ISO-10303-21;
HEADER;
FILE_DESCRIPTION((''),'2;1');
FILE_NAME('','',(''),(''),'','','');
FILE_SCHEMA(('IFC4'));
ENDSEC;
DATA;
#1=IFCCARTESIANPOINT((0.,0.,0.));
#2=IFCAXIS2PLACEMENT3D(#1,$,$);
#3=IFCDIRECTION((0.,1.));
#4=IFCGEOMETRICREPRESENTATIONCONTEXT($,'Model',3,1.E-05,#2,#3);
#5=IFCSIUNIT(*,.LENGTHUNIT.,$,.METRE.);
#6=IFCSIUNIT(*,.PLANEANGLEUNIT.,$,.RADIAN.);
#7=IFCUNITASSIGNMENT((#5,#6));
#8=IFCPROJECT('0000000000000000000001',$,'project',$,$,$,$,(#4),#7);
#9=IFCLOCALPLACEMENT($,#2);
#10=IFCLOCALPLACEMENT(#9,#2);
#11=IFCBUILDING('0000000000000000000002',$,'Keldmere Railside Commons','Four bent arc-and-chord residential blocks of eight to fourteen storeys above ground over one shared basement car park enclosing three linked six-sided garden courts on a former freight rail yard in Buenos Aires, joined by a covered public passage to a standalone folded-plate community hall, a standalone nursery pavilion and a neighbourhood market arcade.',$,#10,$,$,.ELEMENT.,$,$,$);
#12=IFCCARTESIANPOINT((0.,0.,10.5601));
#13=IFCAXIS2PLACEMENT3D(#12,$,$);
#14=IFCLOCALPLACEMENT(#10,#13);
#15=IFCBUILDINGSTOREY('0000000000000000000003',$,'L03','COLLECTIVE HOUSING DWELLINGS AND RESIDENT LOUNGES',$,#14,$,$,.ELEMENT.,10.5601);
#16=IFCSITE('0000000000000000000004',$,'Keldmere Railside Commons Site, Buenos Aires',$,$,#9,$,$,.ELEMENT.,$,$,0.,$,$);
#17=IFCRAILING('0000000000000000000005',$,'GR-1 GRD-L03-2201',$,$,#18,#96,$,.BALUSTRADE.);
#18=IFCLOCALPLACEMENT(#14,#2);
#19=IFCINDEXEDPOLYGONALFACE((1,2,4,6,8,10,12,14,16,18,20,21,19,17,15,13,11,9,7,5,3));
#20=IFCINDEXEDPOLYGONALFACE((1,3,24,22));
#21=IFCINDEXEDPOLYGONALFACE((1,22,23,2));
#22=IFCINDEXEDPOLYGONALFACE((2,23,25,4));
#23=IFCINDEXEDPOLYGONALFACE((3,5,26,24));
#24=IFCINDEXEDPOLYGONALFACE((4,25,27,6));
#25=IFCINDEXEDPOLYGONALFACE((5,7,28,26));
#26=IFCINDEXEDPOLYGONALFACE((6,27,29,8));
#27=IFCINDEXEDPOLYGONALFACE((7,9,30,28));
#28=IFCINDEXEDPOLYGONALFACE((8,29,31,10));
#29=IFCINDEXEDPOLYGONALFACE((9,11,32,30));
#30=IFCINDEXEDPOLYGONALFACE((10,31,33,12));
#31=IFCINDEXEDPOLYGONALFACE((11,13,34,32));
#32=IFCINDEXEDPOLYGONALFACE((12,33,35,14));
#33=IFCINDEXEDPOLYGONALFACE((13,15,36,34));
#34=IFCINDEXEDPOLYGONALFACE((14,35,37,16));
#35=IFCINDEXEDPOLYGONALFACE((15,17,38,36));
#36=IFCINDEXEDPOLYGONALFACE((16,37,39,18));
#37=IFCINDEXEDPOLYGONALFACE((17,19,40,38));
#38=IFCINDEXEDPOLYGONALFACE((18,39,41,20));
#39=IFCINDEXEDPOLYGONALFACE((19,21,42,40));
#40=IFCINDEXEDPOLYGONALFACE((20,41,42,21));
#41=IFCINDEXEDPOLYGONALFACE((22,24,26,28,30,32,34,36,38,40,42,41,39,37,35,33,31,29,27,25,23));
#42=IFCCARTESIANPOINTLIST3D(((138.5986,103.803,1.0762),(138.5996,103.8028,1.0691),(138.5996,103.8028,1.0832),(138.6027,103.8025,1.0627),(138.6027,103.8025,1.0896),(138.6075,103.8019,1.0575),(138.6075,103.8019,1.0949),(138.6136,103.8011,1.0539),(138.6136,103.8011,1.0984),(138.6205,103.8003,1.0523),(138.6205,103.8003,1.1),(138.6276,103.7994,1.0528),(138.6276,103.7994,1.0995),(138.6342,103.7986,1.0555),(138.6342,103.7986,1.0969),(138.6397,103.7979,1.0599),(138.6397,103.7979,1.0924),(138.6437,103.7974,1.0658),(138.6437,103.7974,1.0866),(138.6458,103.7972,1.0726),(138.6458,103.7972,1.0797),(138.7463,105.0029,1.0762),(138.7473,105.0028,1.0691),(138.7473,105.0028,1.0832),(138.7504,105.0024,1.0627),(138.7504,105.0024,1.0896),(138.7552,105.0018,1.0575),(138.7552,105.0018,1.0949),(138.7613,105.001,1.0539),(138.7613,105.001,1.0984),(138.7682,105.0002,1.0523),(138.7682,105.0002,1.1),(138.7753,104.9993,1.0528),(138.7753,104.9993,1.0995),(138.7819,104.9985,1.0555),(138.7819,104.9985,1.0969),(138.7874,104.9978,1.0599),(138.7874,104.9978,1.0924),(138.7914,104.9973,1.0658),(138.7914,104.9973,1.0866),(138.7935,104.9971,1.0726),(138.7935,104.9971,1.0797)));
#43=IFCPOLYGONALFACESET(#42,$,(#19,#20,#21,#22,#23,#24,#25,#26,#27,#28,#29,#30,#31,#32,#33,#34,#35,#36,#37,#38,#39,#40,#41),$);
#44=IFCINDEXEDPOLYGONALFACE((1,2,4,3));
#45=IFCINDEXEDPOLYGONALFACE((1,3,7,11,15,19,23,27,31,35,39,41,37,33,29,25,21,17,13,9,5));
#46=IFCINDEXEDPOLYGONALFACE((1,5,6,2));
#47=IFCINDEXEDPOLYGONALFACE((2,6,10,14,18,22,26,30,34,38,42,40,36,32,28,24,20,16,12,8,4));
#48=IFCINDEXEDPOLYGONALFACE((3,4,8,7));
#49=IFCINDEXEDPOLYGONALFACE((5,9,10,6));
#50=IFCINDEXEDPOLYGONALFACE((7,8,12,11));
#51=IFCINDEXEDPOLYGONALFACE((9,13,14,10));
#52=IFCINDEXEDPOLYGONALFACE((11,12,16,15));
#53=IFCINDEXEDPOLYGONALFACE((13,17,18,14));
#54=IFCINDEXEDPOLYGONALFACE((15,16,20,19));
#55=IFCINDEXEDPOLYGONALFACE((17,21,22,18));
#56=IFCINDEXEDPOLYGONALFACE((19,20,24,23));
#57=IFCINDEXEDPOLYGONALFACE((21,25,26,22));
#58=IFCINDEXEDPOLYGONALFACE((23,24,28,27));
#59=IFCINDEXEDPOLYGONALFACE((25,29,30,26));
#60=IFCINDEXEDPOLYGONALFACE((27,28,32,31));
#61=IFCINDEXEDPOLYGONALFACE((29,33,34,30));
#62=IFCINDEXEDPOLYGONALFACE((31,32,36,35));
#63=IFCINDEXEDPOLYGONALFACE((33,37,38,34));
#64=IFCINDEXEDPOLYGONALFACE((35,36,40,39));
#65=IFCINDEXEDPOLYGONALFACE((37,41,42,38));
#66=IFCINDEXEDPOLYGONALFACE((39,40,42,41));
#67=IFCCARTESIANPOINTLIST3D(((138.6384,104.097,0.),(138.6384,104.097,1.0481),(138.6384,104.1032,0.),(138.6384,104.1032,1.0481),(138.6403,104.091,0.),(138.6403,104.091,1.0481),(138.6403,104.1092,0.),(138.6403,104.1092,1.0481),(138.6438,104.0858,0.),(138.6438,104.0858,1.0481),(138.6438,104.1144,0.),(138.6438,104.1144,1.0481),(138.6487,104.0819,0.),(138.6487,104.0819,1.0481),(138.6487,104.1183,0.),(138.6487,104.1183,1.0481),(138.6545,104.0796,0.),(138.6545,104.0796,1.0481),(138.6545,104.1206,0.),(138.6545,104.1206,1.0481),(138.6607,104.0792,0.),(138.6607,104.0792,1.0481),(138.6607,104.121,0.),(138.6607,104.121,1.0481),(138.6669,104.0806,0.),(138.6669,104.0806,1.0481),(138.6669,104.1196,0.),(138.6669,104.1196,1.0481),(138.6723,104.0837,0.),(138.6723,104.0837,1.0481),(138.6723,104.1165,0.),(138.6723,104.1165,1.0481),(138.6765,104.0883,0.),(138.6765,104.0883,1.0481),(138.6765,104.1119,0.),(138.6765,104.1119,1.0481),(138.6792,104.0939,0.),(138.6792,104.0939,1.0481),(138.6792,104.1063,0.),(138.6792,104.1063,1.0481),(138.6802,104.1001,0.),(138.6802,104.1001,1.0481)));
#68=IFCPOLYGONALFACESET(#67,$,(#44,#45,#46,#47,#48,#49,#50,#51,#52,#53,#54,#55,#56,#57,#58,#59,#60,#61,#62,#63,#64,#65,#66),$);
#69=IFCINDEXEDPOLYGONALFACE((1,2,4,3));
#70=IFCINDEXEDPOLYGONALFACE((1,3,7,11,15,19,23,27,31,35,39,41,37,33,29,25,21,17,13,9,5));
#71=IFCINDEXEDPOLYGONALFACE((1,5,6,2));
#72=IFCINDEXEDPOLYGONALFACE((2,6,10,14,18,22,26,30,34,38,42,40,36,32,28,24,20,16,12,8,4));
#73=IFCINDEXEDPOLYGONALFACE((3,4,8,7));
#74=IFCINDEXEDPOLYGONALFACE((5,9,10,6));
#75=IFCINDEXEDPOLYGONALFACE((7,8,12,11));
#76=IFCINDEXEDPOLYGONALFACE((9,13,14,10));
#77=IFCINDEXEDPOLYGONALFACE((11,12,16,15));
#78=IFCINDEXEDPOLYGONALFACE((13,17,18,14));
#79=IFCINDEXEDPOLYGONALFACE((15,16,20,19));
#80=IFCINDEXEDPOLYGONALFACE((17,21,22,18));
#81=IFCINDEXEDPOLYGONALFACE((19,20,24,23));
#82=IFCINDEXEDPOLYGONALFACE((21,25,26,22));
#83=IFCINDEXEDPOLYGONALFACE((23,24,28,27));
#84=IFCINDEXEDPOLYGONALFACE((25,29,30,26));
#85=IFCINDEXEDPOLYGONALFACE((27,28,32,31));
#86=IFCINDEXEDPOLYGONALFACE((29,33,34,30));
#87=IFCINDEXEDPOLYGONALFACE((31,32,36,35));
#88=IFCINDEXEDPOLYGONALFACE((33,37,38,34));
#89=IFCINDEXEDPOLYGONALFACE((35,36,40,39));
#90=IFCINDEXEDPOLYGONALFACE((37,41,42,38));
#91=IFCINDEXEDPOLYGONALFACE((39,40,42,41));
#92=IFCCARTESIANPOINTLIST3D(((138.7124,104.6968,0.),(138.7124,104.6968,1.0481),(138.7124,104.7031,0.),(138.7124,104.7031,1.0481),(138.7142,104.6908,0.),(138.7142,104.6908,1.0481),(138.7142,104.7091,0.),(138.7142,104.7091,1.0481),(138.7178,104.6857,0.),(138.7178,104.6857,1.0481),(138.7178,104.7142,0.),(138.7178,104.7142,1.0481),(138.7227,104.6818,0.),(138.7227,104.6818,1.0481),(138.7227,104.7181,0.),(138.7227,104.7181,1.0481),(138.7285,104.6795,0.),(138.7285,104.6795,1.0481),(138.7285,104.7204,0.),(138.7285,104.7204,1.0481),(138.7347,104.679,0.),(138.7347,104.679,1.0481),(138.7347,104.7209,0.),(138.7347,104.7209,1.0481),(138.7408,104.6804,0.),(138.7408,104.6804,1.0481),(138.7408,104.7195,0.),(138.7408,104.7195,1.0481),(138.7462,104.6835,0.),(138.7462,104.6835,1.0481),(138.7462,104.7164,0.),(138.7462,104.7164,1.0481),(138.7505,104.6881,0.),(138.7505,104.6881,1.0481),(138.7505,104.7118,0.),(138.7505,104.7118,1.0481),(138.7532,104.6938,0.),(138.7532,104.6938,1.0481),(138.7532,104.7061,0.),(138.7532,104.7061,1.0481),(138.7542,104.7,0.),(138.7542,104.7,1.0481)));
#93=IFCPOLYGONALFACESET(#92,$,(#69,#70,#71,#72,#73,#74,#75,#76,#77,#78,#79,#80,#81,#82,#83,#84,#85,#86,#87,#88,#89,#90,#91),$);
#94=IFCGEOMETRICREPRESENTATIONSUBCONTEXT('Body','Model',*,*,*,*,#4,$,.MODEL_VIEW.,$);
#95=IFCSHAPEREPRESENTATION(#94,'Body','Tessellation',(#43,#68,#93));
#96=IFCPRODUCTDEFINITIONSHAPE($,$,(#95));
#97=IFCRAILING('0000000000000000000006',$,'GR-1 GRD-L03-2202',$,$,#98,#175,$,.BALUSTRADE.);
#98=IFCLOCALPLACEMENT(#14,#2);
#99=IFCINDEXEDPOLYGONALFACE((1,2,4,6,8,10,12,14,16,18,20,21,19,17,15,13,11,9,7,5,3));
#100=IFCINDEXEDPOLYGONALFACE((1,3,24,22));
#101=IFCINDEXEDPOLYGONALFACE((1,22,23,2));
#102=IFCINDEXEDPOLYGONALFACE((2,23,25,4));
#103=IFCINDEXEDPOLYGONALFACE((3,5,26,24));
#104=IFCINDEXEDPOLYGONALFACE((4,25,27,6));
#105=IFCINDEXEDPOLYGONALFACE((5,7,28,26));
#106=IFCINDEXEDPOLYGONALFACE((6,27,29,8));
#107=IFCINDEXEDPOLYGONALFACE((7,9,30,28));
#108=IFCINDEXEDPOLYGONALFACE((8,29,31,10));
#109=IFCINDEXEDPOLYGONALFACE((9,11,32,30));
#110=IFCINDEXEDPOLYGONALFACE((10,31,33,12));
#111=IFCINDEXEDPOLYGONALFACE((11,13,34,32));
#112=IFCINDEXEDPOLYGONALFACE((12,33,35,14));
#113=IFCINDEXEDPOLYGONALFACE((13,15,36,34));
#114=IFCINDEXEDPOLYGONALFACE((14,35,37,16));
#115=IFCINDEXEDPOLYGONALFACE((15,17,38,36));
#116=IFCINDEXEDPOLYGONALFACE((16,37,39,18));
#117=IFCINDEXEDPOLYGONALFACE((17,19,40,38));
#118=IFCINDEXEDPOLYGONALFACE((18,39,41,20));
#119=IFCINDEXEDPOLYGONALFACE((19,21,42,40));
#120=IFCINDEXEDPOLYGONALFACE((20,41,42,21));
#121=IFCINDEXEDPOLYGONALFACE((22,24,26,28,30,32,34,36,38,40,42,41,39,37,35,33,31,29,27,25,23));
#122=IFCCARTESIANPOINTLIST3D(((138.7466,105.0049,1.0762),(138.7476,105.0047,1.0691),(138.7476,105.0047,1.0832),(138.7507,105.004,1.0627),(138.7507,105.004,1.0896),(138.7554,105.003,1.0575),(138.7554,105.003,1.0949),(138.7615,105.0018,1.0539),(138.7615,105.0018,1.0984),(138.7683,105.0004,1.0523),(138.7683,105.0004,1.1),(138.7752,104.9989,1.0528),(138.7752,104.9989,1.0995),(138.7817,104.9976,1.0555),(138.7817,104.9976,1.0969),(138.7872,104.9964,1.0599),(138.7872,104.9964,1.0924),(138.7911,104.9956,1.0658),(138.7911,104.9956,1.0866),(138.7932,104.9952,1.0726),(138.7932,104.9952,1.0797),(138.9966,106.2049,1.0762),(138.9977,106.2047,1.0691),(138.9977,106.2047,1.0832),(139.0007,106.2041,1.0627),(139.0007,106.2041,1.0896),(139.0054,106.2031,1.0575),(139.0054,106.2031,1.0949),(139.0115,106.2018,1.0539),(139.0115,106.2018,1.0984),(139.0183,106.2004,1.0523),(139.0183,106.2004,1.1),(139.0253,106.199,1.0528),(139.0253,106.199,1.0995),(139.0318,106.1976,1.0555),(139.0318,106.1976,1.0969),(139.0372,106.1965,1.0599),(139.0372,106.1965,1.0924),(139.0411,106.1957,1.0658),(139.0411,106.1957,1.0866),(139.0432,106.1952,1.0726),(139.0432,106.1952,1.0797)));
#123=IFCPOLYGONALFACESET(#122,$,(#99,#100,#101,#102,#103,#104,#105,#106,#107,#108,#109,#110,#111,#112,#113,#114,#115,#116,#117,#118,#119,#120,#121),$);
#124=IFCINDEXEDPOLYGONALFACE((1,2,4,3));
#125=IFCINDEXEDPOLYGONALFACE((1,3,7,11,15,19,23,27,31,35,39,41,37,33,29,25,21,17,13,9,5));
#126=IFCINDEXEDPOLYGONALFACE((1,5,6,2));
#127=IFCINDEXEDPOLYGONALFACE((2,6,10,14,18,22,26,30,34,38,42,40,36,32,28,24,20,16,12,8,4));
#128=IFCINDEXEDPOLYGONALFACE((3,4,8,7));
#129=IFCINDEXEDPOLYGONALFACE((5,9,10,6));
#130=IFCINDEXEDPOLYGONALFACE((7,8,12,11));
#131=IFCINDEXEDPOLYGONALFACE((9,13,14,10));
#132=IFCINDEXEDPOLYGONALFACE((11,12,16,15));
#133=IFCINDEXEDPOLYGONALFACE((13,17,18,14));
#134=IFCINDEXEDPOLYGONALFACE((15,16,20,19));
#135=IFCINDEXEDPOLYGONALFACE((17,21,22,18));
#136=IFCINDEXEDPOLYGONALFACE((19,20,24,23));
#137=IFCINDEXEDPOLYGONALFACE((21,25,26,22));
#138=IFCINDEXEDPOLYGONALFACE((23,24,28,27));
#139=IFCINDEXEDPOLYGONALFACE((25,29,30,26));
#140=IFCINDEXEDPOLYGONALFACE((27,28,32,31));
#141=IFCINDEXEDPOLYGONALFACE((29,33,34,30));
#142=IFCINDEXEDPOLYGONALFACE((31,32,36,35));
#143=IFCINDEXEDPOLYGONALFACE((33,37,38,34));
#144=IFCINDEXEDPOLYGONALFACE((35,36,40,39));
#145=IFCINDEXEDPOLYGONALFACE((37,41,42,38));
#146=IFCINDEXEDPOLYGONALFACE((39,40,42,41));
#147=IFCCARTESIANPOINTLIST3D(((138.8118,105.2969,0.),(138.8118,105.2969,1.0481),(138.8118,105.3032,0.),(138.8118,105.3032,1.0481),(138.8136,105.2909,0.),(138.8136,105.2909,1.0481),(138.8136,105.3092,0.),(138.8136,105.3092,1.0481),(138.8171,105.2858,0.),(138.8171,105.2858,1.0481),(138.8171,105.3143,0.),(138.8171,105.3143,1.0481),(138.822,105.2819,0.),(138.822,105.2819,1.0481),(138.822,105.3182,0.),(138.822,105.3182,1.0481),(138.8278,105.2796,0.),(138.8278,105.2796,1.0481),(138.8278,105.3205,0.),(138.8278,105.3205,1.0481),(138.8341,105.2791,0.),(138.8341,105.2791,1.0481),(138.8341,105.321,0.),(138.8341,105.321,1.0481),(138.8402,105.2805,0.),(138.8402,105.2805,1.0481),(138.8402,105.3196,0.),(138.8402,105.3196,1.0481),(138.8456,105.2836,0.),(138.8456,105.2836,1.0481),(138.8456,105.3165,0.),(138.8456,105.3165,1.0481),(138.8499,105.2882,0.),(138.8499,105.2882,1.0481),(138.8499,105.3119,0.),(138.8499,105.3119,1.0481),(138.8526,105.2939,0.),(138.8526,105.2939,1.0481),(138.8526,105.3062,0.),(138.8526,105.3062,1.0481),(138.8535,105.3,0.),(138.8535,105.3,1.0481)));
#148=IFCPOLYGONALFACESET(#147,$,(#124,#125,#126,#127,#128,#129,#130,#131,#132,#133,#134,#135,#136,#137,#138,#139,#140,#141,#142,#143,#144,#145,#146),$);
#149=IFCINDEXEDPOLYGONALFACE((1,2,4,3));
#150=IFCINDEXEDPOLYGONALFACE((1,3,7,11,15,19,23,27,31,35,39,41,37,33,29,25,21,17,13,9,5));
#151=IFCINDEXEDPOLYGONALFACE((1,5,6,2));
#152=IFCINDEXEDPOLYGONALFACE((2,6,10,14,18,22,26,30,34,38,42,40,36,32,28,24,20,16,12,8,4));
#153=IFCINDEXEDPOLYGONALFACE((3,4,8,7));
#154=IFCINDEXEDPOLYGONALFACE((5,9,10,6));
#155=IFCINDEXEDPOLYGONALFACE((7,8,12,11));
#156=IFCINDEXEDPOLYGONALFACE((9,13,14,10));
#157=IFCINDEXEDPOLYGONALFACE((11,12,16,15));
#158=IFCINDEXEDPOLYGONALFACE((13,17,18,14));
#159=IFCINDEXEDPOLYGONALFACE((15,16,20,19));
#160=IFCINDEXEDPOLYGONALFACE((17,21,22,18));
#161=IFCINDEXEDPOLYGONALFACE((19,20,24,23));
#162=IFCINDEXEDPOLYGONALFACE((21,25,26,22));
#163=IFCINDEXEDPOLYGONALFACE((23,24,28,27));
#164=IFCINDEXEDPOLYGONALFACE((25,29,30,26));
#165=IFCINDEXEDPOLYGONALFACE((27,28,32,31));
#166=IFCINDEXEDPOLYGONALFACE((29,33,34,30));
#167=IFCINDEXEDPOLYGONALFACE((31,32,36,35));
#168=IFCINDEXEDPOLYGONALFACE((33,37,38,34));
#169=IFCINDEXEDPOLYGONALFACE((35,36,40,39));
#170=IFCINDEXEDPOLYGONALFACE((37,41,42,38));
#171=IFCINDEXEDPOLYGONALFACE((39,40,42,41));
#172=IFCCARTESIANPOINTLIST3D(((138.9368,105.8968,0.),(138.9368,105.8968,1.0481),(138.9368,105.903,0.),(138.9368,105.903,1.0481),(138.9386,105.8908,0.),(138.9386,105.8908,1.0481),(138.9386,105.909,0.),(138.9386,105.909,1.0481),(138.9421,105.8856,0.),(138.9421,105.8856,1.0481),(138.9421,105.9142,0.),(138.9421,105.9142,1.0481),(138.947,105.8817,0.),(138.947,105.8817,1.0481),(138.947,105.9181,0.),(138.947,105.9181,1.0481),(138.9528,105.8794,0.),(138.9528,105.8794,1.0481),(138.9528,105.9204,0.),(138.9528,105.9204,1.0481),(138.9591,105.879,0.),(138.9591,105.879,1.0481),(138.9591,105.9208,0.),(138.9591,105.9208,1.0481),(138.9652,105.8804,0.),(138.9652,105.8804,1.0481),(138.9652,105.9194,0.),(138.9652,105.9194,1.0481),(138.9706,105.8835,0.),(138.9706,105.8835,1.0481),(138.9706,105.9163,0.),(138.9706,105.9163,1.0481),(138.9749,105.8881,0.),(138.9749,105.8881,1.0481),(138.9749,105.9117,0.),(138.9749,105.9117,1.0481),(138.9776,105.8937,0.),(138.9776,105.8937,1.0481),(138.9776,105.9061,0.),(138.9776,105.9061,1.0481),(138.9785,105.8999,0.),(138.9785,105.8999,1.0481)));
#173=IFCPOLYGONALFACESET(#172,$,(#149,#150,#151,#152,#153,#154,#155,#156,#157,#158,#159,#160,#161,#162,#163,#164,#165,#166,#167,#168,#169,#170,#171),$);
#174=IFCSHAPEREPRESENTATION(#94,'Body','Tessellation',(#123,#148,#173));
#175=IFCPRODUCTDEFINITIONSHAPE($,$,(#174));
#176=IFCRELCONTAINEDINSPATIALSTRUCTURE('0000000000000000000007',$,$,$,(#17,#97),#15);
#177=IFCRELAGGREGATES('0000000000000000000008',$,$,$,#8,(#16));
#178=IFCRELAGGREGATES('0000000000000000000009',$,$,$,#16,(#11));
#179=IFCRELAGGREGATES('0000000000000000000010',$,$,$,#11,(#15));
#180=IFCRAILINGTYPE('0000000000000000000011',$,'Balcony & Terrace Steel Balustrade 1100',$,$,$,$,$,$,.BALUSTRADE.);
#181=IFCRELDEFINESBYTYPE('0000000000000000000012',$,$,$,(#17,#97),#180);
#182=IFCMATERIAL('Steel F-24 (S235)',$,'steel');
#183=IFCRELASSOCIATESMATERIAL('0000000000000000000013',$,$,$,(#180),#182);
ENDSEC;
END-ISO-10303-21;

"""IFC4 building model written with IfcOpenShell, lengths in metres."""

from ifc_helpers import new_model, si_unit, direction, frame, origin, origin_2d, place, context, subcontext, project, spatial, circle, extrude, material, type_object, element, save


model = new_model("IFC4")

# Units and contexts
model_context = context("Model", 3, precision=1e-05, world=origin(), true_north=direction((0.0, 1.0)))
body_context = subcontext(model_context, "Body", "Model", "MODEL_VIEW")
ifc_project = project(units=[si_unit("LENGTHUNIT", "METRE"), si_unit("PLANEANGLEUNIT", "RADIAN")], contexts=[model_context])

# Site, building, storey
site_placement = place(None, origin())
site = spatial("IfcSite", under=ifc_project, at=site_placement, Name="Keldmere Railside Commons Site, Buenos Aires", CompositionType="ELEMENT", RefElevation=0.0)
building_placement = place(site_placement, origin())
building = spatial("IfcBuilding", under=site, at=building_placement, Name="Keldmere Railside Commons", Description="Four bent arc-and-chord residential blocks of eight to fourteen storeys above ground over one shared basement car park enclosing three linked six-sided garden courts on a former freight rail yard in Buenos Aires, joined by a covered public passage to a standalone folded-plate community hall, a standalone nursery pavilion and a neighbourhood market arcade.", CompositionType="ELEMENT")
storey_placement = place(building_placement, frame((0.0, 0.0, 10.5601)))
storey = spatial("IfcBuildingStorey", under=building, at=storey_placement, Name="L03", Description="COLLECTIVE HOUSING DWELLINGS AND RESIDENT LOUNGES", CompositionType="ELEMENT", Elevation=10.5601)

# Shared definitions
ifc_material_1 = material(Name="Steel F-24 (S235)", Category="steel")

# Railings
railing_type_1 = type_object("IfcRailingType", Name="Balcony & Terrace Steel Balustrade 1100", PredefinedType="BALUSTRADE", material=ifc_material_1)
railing_1_placement = place(storey_placement, frame((138.6223, 103.8, 0.0)))
element("IfcRailing", 1, at=railing_1_placement, inside=storey, type_object=railing_type_1, Name="GR-1 GRD-L03-2201", PredefinedType="BALUSTRADE", context=body_context, shape_type="SweptSolid", body=[
    extrude(circle(Radius=0.0239, at=origin_2d()), frame((0.0, 0.0, 1.0762), z_axis=(0.122171, 0.992509, 0.0), x_axis=(-0.992509, 0.122171, 0.0)), (0.0, 0.0, 1.0), 1.209),
    extrude(circle(Radius=0.021, at=origin_2d()), frame((0.0369, 0.3, 0.0)), (0.0, 0.0, 1.0), 1.0481),
    extrude(circle(Radius=0.021, at=origin_2d()), frame((0.1108, 0.8999, 0.0)), (0.0, 0.0, 1.0), 1.0481),
])
railing_2_placement = place(storey_placement, frame((138.77, 105.0, 0.0)))
element("IfcRailing", 2, at=railing_2_placement, inside=storey, type_object=railing_type_1, Name="GR-1 GRD-L03-2202", PredefinedType="BALUSTRADE", context=body_context, shape_type="SweptSolid", body=[
    extrude(circle(Radius=0.0239, at=origin_2d()), frame((0.0, 0.0, 1.0762), z_axis=(0.203962, 0.978979, 0.0), x_axis=(-0.978979, 0.203962, 0.0)), (0.0, 0.0, 1.0), 1.2258),
    extrude(circle(Radius=0.021, at=origin_2d()), frame((0.0625, 0.3, 0.0)), (0.0, 0.0, 1.0), 1.0481),
    extrude(circle(Radius=0.021, at=origin_2d()), frame((0.1875, 0.8999, 0.0)), (0.0, 0.0, 1.0), 1.0481),
])

save(model, "model.ifc")
